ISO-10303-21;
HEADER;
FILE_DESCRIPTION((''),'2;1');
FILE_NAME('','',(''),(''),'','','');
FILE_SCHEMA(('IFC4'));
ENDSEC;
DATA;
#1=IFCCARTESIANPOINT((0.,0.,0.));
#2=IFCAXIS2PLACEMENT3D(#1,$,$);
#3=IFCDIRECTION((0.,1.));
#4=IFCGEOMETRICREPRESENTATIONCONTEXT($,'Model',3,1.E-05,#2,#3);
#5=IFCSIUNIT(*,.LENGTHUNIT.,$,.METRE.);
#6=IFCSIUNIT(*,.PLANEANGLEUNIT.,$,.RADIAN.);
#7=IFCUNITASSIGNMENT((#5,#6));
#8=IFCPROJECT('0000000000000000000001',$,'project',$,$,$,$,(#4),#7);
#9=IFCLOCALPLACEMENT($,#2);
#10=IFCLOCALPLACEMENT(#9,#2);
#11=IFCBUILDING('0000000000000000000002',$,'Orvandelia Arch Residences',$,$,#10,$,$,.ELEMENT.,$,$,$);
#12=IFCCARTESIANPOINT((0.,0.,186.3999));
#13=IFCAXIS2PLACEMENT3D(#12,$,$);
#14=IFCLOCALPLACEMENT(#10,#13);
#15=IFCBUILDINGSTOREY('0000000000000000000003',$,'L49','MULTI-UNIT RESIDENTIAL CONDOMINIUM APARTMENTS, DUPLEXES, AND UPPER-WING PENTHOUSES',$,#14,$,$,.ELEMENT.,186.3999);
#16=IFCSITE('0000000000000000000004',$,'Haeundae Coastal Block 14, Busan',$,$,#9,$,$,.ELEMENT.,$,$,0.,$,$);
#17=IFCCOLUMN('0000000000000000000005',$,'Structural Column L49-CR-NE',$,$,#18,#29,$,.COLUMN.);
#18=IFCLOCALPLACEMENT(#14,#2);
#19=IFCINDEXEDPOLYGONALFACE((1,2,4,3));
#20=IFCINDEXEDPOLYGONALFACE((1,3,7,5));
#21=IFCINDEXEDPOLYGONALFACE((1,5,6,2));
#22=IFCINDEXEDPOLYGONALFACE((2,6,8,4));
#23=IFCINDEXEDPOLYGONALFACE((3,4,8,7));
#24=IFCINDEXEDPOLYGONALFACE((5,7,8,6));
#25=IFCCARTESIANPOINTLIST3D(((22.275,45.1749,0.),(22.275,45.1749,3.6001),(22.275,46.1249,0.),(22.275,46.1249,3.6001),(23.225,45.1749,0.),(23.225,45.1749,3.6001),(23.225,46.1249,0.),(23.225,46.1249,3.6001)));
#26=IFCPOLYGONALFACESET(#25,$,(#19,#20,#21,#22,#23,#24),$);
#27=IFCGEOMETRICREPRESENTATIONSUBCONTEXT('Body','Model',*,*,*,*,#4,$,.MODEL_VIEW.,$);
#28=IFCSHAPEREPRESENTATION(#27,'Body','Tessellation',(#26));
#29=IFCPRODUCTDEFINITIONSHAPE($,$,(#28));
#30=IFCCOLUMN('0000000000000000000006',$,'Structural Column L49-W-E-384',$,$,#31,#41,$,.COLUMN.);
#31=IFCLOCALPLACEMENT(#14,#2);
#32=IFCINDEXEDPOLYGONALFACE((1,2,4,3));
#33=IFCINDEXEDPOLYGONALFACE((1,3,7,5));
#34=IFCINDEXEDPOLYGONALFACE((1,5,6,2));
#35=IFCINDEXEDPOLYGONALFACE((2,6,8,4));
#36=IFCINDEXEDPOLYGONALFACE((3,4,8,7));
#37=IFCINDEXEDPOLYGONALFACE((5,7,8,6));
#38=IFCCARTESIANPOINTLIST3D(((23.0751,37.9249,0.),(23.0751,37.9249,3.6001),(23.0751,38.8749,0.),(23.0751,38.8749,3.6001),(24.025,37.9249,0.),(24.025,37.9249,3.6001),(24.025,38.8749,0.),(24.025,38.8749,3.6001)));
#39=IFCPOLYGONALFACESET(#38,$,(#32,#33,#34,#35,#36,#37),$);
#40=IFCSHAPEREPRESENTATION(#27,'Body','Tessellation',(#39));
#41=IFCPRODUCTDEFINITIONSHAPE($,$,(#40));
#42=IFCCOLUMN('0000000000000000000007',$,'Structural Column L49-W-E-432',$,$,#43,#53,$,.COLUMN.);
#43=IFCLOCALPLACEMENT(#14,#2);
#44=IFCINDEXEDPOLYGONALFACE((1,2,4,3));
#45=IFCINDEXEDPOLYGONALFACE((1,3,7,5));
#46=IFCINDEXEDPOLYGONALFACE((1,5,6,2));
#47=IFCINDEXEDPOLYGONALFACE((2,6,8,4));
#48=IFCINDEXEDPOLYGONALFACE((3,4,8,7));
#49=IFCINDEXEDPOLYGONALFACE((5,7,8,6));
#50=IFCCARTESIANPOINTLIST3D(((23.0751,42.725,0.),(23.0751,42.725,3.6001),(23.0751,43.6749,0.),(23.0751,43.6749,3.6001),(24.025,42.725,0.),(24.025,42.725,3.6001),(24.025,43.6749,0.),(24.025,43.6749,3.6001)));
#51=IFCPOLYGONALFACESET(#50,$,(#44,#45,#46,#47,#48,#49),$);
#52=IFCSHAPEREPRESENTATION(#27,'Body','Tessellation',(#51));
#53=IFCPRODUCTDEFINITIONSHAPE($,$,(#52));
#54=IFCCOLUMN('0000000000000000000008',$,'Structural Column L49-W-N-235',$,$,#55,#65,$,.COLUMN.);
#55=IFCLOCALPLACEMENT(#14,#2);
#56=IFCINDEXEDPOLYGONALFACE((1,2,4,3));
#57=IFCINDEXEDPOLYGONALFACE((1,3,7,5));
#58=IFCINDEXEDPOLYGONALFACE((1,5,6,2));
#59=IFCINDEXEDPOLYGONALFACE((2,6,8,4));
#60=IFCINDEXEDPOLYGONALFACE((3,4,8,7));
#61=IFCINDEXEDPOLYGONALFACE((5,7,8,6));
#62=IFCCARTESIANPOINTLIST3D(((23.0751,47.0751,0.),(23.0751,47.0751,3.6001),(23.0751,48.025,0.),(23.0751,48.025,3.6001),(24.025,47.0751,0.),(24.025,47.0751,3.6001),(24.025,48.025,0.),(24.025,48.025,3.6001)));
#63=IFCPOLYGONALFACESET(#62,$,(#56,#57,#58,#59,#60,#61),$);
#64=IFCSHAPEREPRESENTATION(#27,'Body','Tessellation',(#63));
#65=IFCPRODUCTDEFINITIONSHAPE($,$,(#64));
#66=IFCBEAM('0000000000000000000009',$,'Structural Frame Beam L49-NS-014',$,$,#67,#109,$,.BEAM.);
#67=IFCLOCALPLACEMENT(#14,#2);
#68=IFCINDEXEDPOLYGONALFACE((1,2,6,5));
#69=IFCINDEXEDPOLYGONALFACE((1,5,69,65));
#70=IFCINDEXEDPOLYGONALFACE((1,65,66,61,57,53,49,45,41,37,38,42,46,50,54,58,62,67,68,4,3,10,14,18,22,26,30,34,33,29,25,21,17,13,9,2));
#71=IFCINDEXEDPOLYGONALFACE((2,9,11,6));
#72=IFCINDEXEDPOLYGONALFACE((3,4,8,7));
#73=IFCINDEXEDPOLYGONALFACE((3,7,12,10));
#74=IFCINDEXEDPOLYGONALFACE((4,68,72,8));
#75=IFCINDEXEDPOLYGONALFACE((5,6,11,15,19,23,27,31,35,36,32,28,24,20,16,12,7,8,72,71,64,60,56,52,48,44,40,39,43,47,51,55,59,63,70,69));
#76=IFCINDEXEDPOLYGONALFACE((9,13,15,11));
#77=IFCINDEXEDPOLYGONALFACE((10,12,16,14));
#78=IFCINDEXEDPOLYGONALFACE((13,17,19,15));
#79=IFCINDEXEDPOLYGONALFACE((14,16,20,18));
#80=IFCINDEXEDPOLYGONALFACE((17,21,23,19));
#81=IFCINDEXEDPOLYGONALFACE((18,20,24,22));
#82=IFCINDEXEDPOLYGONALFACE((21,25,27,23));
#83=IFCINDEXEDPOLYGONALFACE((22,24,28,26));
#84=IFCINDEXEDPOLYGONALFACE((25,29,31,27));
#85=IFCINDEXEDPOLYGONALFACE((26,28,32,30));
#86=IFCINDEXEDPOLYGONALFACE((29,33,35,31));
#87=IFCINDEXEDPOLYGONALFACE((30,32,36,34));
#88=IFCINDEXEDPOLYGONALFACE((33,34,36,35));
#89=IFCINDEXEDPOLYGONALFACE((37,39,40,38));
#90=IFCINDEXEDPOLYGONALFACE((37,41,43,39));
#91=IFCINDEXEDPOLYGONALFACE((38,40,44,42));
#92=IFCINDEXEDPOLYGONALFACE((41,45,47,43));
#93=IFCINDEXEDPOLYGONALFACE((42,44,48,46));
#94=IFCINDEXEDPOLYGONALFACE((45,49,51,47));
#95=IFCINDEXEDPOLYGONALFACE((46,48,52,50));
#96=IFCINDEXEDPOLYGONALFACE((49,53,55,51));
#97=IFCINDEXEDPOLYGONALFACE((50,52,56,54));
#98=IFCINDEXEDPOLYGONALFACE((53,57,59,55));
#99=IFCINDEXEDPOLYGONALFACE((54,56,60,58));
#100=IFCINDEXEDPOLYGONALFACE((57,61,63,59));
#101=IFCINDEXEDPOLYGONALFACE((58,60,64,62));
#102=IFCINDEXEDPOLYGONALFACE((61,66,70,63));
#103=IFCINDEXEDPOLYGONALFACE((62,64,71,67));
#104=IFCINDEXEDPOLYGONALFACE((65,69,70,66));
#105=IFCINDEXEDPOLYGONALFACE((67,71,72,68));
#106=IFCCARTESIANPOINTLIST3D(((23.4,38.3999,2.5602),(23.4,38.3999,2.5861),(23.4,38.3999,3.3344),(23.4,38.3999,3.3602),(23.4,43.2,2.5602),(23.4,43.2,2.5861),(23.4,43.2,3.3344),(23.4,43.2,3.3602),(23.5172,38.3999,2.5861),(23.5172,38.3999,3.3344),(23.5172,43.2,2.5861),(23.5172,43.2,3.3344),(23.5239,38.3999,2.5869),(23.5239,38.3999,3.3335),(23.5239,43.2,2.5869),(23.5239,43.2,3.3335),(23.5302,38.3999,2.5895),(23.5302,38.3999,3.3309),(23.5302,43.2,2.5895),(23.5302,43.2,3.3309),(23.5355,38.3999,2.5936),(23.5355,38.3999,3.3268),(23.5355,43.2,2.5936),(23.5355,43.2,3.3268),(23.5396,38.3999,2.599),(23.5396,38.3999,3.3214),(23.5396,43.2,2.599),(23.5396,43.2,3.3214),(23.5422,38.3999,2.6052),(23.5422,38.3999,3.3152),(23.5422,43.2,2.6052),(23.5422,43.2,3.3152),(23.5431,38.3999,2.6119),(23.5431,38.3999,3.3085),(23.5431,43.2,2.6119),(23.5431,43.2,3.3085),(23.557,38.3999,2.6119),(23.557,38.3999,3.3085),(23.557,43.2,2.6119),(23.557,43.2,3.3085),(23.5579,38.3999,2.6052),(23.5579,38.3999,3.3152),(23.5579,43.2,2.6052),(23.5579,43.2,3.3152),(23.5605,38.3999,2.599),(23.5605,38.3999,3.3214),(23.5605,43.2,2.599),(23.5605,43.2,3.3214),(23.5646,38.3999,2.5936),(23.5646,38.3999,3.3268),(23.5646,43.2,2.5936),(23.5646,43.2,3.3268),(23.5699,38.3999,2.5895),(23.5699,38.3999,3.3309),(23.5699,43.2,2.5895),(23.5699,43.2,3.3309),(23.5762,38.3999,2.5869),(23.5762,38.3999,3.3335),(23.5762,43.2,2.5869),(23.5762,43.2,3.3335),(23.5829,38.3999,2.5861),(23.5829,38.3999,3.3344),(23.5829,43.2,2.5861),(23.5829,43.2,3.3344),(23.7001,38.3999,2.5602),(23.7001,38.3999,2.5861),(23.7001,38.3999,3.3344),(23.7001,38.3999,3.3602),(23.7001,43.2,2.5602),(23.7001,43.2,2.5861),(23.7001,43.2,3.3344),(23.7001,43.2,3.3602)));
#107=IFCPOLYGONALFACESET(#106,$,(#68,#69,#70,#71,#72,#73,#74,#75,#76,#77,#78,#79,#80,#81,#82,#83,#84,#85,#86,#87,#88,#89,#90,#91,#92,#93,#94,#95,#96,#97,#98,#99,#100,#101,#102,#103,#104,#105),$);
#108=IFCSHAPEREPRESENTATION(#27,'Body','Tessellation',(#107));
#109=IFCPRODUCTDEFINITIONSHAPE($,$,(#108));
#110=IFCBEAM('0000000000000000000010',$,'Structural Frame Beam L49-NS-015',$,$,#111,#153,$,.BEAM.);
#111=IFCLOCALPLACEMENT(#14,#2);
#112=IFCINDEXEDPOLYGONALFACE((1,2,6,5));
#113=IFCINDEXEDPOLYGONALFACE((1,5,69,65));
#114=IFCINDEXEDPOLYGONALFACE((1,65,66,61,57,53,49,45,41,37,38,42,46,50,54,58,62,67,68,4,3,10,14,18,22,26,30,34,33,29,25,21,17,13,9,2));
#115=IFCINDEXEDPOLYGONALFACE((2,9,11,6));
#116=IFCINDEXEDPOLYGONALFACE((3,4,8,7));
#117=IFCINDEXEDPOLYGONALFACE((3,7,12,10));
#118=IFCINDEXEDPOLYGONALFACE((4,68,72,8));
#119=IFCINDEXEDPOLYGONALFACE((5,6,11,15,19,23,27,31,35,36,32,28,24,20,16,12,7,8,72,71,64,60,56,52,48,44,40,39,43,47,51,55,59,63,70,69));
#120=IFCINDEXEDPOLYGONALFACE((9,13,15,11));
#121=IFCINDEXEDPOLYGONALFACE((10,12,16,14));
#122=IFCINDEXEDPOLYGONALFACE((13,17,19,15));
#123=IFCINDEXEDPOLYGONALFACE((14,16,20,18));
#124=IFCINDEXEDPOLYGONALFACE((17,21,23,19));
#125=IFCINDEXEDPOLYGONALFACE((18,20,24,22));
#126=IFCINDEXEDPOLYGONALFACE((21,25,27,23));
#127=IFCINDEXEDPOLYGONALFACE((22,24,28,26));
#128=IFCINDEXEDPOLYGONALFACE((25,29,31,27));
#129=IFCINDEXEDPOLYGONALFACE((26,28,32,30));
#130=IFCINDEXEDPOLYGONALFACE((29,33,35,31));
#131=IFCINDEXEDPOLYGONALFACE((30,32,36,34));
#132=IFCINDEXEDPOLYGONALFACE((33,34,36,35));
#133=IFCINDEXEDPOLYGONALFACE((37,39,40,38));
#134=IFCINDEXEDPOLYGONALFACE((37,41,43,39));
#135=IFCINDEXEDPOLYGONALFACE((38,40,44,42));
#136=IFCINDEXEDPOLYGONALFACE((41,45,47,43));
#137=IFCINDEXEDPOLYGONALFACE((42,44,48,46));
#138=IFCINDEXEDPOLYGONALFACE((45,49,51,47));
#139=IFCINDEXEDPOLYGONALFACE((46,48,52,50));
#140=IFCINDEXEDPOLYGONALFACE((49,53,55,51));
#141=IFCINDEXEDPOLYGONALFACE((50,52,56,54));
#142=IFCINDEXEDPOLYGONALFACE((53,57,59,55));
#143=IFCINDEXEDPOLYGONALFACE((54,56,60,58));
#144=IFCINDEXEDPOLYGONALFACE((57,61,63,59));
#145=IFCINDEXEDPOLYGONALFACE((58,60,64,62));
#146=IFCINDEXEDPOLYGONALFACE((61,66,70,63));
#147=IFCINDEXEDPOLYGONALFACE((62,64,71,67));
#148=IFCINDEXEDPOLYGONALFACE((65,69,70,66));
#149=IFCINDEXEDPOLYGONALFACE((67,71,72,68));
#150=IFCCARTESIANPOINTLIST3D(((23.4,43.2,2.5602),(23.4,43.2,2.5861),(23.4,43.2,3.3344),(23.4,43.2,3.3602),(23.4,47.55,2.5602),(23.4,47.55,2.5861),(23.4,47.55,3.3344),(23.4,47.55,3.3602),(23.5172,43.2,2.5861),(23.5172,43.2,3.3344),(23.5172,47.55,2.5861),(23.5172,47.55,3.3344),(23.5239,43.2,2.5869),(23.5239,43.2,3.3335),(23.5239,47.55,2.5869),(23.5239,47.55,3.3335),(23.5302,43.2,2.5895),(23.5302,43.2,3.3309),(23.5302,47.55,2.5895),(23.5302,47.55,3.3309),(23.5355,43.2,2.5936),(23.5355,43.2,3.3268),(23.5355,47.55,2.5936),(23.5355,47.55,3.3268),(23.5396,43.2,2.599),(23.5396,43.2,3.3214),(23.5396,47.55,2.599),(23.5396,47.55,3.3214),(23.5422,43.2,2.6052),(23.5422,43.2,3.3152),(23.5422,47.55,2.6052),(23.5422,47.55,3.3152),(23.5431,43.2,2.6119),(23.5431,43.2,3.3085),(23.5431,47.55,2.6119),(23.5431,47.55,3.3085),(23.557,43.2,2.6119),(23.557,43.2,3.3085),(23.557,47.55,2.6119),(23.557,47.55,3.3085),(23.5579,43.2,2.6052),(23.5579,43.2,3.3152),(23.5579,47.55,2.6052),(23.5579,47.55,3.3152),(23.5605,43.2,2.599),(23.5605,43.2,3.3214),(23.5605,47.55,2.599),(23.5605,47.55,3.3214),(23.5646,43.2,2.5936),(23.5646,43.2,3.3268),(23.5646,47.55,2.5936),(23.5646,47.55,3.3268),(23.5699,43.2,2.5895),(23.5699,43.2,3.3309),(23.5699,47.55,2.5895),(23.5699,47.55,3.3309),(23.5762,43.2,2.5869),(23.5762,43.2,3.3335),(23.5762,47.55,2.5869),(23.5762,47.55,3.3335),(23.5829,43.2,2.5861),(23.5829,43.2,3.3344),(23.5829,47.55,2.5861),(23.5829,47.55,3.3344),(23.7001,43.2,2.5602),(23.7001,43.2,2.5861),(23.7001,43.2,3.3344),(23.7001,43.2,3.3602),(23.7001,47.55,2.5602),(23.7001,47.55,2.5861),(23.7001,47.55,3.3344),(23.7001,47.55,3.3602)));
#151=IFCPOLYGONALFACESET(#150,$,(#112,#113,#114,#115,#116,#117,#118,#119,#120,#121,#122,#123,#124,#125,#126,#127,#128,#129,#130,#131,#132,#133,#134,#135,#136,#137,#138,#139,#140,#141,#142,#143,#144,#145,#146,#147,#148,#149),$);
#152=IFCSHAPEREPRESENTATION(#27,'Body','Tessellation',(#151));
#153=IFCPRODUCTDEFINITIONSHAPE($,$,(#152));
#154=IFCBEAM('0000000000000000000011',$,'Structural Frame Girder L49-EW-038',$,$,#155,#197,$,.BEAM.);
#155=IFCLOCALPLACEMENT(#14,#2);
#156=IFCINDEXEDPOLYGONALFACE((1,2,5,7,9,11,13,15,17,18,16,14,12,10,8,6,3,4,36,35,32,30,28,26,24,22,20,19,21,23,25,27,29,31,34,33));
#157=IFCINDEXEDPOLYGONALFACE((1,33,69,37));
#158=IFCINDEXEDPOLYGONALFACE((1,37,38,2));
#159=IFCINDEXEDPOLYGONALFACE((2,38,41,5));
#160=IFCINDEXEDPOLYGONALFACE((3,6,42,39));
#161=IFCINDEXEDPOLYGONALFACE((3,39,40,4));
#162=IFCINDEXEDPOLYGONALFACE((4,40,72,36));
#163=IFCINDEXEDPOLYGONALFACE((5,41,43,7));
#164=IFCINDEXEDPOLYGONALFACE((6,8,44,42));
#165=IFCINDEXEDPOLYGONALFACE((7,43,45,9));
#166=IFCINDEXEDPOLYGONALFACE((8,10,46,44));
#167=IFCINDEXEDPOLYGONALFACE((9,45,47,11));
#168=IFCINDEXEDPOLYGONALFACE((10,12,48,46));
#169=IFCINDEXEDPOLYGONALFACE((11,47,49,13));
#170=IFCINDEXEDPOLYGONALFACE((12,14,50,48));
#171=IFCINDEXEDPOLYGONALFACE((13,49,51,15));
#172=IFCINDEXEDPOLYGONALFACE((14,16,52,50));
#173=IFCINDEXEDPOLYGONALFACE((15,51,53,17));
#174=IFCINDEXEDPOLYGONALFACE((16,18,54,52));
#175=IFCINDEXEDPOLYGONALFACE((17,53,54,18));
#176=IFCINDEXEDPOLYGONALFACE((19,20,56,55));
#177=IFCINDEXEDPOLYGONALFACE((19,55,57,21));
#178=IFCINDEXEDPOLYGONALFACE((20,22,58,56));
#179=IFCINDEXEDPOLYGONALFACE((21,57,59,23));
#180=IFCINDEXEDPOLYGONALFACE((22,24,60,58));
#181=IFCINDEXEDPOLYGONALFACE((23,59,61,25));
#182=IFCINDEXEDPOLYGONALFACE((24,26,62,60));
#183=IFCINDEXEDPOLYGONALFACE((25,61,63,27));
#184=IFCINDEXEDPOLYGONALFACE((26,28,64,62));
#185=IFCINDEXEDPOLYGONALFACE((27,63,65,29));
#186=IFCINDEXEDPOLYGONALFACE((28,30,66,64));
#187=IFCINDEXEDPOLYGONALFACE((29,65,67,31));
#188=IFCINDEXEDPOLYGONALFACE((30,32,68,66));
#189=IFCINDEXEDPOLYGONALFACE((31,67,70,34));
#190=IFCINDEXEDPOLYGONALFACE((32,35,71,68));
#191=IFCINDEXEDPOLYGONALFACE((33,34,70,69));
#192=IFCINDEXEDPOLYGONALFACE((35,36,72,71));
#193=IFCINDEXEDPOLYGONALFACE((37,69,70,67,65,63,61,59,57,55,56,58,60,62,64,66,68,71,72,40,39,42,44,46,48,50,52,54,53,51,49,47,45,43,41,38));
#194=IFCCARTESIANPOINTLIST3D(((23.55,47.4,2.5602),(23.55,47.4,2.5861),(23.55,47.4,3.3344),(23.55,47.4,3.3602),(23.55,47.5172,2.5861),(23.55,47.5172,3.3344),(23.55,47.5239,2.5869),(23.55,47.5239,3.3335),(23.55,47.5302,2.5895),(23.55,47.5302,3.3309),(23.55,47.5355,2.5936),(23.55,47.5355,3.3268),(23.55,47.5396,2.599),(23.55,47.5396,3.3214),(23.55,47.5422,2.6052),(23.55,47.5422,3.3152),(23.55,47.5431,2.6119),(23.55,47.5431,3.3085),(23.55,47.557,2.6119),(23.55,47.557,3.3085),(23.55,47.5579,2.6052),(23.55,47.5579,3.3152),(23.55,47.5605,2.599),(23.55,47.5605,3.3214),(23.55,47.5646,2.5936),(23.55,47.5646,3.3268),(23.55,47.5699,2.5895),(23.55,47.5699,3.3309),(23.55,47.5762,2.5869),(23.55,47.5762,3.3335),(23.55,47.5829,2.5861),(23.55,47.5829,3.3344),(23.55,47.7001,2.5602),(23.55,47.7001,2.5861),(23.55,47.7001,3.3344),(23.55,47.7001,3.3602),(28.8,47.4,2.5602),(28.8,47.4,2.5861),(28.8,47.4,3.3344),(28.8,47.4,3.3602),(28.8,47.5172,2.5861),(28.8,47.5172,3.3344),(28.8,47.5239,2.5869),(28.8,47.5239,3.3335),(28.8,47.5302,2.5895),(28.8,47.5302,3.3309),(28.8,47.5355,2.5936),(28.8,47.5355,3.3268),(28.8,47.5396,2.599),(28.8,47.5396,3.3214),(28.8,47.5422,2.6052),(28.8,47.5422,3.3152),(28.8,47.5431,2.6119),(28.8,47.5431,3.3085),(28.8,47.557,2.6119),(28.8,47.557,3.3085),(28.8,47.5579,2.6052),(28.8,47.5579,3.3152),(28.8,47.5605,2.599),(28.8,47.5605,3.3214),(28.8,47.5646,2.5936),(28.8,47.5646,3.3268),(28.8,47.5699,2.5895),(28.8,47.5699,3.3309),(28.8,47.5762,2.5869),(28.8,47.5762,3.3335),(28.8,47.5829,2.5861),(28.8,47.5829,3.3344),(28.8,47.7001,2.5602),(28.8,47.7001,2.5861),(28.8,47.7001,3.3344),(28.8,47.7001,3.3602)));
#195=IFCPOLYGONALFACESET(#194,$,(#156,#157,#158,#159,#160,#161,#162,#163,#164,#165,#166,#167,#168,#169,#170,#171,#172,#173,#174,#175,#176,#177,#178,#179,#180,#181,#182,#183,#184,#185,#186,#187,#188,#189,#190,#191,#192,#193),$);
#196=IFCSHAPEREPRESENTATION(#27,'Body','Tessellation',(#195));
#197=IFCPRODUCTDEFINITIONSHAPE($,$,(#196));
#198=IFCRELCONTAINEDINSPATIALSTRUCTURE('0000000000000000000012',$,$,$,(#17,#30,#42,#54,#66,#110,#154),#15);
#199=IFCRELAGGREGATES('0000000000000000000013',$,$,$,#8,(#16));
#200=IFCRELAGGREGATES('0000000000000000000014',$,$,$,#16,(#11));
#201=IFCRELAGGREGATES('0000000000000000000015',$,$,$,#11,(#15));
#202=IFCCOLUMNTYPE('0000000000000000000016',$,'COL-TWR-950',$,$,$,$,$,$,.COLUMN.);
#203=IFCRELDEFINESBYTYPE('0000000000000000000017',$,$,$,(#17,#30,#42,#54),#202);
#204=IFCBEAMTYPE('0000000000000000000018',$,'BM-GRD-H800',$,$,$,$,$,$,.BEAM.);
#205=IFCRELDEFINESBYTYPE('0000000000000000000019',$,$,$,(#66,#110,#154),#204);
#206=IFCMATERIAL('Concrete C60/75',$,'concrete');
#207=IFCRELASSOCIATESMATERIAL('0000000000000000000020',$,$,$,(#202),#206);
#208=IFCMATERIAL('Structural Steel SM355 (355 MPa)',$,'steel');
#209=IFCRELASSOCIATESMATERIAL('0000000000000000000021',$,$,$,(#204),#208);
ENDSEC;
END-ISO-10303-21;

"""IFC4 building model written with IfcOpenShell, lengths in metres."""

from ifc_helpers import new_model, si_unit, direction, frame, origin, origin_2d, place, context, subcontext, project, spatial, rectangle, i_section, extrude, material, material_profile, profile_set, type_object, element, save


model = new_model("IFC4")

# Units and contexts
model_context = context("Model", 3, precision=1e-05, world=origin(), true_north=direction((0.0, 1.0)))
body_context = subcontext(model_context, "Body", "Model", "MODEL_VIEW")
ifc_project = project(units=[si_unit("LENGTHUNIT", "METRE"), si_unit("PLANEANGLEUNIT", "RADIAN")], contexts=[model_context])

# Site, building, storey
site_placement = place(None, origin())
site = spatial("IfcSite", under=ifc_project, at=site_placement, Name="Haeundae Coastal Block 14, Busan", CompositionType="ELEMENT", RefElevation=0.0)
building_placement = place(site_placement, origin())
building = spatial("IfcBuilding", under=site, at=building_placement, Name="Orvandelia Arch Residences", CompositionType="ELEMENT")
storey_placement = place(building_placement, frame((0.0, 0.0, 186.3999)))
storey = spatial("IfcBuildingStorey", under=building, at=storey_placement, Name="L49", Description="MULTI-UNIT RESIDENTIAL CONDOMINIUM APARTMENTS, DUPLEXES, AND UPPER-WING PENTHOUSES", CompositionType="ELEMENT", Elevation=186.3999)

# Columns
ifc_material_1 = material(Name="Concrete C60/75", Category="concrete")
ifc_material_profile_1 = material_profile(ifc_material_1, rectangle(XDim=0.95, YDim=0.95, at=origin_2d()), Name="Concrete C60/75", Category="concrete")
ifc_profile_set_1 = profile_set([ifc_material_profile_1], Name="Concrete C60/75")
column_type = type_object("IfcColumnType", Name="COL-TWR-950", PredefinedType="COLUMN", material=ifc_profile_set_1)
for number, where, z_axis, x_axis, name in (
    (1, (22.75, 45.6499, 0.0), (0.0, 0.0, 1.0), (1.0, 0.0, 0.0), "Structural Column L49-CR-NE"),
    (2, (23.55, 38.3999, 0.0), (0.0, 0.0, 1.0), (1.0, 0.0, 0.0), "Structural Column L49-W-E-384"),
    (3, (23.55, 43.2, 0.0), (0.0, 0.0, 1.0), (1.0, 0.0, 0.0), "Structural Column L49-W-E-432"),
    (4, (23.55, 47.55, 0.0), (0.0, 0.0, 1.0), (1.0, 0.0, 0.0), "Structural Column L49-W-N-235"),
):
    element("IfcColumn", number, at=place(storey_placement, frame(where, z_axis=z_axis, x_axis=x_axis)), inside=storey, type_object=column_type, Name=name, PredefinedType="COLUMN", context=body_context, shape_type="SweptSolid", body=[
        extrude(rectangle(XDim=0.95, YDim=0.95, at=origin_2d()), origin(), (0.0, 0.0, 1.0), 3.6001),
    ])

# Beams
ifc_material_2 = material(Name="Structural Steel SM355 (355 MPa)", Category="steel")
ifc_material_profile_2 = material_profile(ifc_material_2, i_section(OverallWidth=0.3, OverallDepth=0.8, WebThickness=0.0139, FlangeThickness=0.0259, FilletRadius=0.0259, at=origin_2d()), Name="Structural Steel SM355 (355 MPa)", Category="steel")
ifc_profile_set_2 = profile_set([ifc_material_profile_2], Name="Structural Steel SM355 (355 MPa)")
beam_type = type_object("IfcBeamType", Name="BM-GRD-H800", PredefinedType="BEAM", material=ifc_profile_set_2)
beam_1_placement = place(storey_placement, frame((23.55, 38.3999, 2.9602), z_axis=(0.0, 1.0, 0.0), x_axis=(-1.0, 0.0, 0.0)))
element("IfcBeam", 5, at=beam_1_placement, inside=storey, type_object=beam_type, Name="Structural Frame Beam L49-NS-014", PredefinedType="BEAM", context=body_context, shape_type="SweptSolid", body=[
    extrude(i_section(OverallWidth=0.3, OverallDepth=0.8, WebThickness=0.0139, FlangeThickness=0.0259, FilletRadius=0.0259, at=origin_2d()), origin(), (0.0, 0.0, 1.0), 4.8),
])
beam_2_placement = place(storey_placement, frame((23.55, 43.2, 2.9602), z_axis=(0.0, 1.0, 0.0), x_axis=(-1.0, 0.0, 0.0)))
element("IfcBeam", 6, at=beam_2_placement, inside=storey, type_object=beam_type, Name="Structural Frame Beam L49-NS-015", PredefinedType="BEAM", context=body_context, shape_type="SweptSolid", body=[
    extrude(i_section(OverallWidth=0.3, OverallDepth=0.8, WebThickness=0.0139, FlangeThickness=0.0259, FilletRadius=0.0259, at=origin_2d()), origin(), (0.0, 0.0, 1.0), 4.3501),
])
beam_3_placement = place(storey_placement, frame((23.55, 47.55, 2.9602), z_axis=(1.0, 0.0, 0.0), x_axis=(0.0, 1.0, 0.0)))
element("IfcBeam", 7, at=beam_3_placement, inside=storey, type_object=beam_type, Name="Structural Frame Girder L49-EW-038", PredefinedType="BEAM", context=body_context, shape_type="SweptSolid", body=[
    extrude(i_section(OverallWidth=0.3, OverallDepth=0.8, WebThickness=0.0139, FlangeThickness=0.0259, FilletRadius=0.0259, at=origin_2d()), origin(), (0.0, 0.0, 1.0), 5.25),
])

save(model, "model.ifc")
